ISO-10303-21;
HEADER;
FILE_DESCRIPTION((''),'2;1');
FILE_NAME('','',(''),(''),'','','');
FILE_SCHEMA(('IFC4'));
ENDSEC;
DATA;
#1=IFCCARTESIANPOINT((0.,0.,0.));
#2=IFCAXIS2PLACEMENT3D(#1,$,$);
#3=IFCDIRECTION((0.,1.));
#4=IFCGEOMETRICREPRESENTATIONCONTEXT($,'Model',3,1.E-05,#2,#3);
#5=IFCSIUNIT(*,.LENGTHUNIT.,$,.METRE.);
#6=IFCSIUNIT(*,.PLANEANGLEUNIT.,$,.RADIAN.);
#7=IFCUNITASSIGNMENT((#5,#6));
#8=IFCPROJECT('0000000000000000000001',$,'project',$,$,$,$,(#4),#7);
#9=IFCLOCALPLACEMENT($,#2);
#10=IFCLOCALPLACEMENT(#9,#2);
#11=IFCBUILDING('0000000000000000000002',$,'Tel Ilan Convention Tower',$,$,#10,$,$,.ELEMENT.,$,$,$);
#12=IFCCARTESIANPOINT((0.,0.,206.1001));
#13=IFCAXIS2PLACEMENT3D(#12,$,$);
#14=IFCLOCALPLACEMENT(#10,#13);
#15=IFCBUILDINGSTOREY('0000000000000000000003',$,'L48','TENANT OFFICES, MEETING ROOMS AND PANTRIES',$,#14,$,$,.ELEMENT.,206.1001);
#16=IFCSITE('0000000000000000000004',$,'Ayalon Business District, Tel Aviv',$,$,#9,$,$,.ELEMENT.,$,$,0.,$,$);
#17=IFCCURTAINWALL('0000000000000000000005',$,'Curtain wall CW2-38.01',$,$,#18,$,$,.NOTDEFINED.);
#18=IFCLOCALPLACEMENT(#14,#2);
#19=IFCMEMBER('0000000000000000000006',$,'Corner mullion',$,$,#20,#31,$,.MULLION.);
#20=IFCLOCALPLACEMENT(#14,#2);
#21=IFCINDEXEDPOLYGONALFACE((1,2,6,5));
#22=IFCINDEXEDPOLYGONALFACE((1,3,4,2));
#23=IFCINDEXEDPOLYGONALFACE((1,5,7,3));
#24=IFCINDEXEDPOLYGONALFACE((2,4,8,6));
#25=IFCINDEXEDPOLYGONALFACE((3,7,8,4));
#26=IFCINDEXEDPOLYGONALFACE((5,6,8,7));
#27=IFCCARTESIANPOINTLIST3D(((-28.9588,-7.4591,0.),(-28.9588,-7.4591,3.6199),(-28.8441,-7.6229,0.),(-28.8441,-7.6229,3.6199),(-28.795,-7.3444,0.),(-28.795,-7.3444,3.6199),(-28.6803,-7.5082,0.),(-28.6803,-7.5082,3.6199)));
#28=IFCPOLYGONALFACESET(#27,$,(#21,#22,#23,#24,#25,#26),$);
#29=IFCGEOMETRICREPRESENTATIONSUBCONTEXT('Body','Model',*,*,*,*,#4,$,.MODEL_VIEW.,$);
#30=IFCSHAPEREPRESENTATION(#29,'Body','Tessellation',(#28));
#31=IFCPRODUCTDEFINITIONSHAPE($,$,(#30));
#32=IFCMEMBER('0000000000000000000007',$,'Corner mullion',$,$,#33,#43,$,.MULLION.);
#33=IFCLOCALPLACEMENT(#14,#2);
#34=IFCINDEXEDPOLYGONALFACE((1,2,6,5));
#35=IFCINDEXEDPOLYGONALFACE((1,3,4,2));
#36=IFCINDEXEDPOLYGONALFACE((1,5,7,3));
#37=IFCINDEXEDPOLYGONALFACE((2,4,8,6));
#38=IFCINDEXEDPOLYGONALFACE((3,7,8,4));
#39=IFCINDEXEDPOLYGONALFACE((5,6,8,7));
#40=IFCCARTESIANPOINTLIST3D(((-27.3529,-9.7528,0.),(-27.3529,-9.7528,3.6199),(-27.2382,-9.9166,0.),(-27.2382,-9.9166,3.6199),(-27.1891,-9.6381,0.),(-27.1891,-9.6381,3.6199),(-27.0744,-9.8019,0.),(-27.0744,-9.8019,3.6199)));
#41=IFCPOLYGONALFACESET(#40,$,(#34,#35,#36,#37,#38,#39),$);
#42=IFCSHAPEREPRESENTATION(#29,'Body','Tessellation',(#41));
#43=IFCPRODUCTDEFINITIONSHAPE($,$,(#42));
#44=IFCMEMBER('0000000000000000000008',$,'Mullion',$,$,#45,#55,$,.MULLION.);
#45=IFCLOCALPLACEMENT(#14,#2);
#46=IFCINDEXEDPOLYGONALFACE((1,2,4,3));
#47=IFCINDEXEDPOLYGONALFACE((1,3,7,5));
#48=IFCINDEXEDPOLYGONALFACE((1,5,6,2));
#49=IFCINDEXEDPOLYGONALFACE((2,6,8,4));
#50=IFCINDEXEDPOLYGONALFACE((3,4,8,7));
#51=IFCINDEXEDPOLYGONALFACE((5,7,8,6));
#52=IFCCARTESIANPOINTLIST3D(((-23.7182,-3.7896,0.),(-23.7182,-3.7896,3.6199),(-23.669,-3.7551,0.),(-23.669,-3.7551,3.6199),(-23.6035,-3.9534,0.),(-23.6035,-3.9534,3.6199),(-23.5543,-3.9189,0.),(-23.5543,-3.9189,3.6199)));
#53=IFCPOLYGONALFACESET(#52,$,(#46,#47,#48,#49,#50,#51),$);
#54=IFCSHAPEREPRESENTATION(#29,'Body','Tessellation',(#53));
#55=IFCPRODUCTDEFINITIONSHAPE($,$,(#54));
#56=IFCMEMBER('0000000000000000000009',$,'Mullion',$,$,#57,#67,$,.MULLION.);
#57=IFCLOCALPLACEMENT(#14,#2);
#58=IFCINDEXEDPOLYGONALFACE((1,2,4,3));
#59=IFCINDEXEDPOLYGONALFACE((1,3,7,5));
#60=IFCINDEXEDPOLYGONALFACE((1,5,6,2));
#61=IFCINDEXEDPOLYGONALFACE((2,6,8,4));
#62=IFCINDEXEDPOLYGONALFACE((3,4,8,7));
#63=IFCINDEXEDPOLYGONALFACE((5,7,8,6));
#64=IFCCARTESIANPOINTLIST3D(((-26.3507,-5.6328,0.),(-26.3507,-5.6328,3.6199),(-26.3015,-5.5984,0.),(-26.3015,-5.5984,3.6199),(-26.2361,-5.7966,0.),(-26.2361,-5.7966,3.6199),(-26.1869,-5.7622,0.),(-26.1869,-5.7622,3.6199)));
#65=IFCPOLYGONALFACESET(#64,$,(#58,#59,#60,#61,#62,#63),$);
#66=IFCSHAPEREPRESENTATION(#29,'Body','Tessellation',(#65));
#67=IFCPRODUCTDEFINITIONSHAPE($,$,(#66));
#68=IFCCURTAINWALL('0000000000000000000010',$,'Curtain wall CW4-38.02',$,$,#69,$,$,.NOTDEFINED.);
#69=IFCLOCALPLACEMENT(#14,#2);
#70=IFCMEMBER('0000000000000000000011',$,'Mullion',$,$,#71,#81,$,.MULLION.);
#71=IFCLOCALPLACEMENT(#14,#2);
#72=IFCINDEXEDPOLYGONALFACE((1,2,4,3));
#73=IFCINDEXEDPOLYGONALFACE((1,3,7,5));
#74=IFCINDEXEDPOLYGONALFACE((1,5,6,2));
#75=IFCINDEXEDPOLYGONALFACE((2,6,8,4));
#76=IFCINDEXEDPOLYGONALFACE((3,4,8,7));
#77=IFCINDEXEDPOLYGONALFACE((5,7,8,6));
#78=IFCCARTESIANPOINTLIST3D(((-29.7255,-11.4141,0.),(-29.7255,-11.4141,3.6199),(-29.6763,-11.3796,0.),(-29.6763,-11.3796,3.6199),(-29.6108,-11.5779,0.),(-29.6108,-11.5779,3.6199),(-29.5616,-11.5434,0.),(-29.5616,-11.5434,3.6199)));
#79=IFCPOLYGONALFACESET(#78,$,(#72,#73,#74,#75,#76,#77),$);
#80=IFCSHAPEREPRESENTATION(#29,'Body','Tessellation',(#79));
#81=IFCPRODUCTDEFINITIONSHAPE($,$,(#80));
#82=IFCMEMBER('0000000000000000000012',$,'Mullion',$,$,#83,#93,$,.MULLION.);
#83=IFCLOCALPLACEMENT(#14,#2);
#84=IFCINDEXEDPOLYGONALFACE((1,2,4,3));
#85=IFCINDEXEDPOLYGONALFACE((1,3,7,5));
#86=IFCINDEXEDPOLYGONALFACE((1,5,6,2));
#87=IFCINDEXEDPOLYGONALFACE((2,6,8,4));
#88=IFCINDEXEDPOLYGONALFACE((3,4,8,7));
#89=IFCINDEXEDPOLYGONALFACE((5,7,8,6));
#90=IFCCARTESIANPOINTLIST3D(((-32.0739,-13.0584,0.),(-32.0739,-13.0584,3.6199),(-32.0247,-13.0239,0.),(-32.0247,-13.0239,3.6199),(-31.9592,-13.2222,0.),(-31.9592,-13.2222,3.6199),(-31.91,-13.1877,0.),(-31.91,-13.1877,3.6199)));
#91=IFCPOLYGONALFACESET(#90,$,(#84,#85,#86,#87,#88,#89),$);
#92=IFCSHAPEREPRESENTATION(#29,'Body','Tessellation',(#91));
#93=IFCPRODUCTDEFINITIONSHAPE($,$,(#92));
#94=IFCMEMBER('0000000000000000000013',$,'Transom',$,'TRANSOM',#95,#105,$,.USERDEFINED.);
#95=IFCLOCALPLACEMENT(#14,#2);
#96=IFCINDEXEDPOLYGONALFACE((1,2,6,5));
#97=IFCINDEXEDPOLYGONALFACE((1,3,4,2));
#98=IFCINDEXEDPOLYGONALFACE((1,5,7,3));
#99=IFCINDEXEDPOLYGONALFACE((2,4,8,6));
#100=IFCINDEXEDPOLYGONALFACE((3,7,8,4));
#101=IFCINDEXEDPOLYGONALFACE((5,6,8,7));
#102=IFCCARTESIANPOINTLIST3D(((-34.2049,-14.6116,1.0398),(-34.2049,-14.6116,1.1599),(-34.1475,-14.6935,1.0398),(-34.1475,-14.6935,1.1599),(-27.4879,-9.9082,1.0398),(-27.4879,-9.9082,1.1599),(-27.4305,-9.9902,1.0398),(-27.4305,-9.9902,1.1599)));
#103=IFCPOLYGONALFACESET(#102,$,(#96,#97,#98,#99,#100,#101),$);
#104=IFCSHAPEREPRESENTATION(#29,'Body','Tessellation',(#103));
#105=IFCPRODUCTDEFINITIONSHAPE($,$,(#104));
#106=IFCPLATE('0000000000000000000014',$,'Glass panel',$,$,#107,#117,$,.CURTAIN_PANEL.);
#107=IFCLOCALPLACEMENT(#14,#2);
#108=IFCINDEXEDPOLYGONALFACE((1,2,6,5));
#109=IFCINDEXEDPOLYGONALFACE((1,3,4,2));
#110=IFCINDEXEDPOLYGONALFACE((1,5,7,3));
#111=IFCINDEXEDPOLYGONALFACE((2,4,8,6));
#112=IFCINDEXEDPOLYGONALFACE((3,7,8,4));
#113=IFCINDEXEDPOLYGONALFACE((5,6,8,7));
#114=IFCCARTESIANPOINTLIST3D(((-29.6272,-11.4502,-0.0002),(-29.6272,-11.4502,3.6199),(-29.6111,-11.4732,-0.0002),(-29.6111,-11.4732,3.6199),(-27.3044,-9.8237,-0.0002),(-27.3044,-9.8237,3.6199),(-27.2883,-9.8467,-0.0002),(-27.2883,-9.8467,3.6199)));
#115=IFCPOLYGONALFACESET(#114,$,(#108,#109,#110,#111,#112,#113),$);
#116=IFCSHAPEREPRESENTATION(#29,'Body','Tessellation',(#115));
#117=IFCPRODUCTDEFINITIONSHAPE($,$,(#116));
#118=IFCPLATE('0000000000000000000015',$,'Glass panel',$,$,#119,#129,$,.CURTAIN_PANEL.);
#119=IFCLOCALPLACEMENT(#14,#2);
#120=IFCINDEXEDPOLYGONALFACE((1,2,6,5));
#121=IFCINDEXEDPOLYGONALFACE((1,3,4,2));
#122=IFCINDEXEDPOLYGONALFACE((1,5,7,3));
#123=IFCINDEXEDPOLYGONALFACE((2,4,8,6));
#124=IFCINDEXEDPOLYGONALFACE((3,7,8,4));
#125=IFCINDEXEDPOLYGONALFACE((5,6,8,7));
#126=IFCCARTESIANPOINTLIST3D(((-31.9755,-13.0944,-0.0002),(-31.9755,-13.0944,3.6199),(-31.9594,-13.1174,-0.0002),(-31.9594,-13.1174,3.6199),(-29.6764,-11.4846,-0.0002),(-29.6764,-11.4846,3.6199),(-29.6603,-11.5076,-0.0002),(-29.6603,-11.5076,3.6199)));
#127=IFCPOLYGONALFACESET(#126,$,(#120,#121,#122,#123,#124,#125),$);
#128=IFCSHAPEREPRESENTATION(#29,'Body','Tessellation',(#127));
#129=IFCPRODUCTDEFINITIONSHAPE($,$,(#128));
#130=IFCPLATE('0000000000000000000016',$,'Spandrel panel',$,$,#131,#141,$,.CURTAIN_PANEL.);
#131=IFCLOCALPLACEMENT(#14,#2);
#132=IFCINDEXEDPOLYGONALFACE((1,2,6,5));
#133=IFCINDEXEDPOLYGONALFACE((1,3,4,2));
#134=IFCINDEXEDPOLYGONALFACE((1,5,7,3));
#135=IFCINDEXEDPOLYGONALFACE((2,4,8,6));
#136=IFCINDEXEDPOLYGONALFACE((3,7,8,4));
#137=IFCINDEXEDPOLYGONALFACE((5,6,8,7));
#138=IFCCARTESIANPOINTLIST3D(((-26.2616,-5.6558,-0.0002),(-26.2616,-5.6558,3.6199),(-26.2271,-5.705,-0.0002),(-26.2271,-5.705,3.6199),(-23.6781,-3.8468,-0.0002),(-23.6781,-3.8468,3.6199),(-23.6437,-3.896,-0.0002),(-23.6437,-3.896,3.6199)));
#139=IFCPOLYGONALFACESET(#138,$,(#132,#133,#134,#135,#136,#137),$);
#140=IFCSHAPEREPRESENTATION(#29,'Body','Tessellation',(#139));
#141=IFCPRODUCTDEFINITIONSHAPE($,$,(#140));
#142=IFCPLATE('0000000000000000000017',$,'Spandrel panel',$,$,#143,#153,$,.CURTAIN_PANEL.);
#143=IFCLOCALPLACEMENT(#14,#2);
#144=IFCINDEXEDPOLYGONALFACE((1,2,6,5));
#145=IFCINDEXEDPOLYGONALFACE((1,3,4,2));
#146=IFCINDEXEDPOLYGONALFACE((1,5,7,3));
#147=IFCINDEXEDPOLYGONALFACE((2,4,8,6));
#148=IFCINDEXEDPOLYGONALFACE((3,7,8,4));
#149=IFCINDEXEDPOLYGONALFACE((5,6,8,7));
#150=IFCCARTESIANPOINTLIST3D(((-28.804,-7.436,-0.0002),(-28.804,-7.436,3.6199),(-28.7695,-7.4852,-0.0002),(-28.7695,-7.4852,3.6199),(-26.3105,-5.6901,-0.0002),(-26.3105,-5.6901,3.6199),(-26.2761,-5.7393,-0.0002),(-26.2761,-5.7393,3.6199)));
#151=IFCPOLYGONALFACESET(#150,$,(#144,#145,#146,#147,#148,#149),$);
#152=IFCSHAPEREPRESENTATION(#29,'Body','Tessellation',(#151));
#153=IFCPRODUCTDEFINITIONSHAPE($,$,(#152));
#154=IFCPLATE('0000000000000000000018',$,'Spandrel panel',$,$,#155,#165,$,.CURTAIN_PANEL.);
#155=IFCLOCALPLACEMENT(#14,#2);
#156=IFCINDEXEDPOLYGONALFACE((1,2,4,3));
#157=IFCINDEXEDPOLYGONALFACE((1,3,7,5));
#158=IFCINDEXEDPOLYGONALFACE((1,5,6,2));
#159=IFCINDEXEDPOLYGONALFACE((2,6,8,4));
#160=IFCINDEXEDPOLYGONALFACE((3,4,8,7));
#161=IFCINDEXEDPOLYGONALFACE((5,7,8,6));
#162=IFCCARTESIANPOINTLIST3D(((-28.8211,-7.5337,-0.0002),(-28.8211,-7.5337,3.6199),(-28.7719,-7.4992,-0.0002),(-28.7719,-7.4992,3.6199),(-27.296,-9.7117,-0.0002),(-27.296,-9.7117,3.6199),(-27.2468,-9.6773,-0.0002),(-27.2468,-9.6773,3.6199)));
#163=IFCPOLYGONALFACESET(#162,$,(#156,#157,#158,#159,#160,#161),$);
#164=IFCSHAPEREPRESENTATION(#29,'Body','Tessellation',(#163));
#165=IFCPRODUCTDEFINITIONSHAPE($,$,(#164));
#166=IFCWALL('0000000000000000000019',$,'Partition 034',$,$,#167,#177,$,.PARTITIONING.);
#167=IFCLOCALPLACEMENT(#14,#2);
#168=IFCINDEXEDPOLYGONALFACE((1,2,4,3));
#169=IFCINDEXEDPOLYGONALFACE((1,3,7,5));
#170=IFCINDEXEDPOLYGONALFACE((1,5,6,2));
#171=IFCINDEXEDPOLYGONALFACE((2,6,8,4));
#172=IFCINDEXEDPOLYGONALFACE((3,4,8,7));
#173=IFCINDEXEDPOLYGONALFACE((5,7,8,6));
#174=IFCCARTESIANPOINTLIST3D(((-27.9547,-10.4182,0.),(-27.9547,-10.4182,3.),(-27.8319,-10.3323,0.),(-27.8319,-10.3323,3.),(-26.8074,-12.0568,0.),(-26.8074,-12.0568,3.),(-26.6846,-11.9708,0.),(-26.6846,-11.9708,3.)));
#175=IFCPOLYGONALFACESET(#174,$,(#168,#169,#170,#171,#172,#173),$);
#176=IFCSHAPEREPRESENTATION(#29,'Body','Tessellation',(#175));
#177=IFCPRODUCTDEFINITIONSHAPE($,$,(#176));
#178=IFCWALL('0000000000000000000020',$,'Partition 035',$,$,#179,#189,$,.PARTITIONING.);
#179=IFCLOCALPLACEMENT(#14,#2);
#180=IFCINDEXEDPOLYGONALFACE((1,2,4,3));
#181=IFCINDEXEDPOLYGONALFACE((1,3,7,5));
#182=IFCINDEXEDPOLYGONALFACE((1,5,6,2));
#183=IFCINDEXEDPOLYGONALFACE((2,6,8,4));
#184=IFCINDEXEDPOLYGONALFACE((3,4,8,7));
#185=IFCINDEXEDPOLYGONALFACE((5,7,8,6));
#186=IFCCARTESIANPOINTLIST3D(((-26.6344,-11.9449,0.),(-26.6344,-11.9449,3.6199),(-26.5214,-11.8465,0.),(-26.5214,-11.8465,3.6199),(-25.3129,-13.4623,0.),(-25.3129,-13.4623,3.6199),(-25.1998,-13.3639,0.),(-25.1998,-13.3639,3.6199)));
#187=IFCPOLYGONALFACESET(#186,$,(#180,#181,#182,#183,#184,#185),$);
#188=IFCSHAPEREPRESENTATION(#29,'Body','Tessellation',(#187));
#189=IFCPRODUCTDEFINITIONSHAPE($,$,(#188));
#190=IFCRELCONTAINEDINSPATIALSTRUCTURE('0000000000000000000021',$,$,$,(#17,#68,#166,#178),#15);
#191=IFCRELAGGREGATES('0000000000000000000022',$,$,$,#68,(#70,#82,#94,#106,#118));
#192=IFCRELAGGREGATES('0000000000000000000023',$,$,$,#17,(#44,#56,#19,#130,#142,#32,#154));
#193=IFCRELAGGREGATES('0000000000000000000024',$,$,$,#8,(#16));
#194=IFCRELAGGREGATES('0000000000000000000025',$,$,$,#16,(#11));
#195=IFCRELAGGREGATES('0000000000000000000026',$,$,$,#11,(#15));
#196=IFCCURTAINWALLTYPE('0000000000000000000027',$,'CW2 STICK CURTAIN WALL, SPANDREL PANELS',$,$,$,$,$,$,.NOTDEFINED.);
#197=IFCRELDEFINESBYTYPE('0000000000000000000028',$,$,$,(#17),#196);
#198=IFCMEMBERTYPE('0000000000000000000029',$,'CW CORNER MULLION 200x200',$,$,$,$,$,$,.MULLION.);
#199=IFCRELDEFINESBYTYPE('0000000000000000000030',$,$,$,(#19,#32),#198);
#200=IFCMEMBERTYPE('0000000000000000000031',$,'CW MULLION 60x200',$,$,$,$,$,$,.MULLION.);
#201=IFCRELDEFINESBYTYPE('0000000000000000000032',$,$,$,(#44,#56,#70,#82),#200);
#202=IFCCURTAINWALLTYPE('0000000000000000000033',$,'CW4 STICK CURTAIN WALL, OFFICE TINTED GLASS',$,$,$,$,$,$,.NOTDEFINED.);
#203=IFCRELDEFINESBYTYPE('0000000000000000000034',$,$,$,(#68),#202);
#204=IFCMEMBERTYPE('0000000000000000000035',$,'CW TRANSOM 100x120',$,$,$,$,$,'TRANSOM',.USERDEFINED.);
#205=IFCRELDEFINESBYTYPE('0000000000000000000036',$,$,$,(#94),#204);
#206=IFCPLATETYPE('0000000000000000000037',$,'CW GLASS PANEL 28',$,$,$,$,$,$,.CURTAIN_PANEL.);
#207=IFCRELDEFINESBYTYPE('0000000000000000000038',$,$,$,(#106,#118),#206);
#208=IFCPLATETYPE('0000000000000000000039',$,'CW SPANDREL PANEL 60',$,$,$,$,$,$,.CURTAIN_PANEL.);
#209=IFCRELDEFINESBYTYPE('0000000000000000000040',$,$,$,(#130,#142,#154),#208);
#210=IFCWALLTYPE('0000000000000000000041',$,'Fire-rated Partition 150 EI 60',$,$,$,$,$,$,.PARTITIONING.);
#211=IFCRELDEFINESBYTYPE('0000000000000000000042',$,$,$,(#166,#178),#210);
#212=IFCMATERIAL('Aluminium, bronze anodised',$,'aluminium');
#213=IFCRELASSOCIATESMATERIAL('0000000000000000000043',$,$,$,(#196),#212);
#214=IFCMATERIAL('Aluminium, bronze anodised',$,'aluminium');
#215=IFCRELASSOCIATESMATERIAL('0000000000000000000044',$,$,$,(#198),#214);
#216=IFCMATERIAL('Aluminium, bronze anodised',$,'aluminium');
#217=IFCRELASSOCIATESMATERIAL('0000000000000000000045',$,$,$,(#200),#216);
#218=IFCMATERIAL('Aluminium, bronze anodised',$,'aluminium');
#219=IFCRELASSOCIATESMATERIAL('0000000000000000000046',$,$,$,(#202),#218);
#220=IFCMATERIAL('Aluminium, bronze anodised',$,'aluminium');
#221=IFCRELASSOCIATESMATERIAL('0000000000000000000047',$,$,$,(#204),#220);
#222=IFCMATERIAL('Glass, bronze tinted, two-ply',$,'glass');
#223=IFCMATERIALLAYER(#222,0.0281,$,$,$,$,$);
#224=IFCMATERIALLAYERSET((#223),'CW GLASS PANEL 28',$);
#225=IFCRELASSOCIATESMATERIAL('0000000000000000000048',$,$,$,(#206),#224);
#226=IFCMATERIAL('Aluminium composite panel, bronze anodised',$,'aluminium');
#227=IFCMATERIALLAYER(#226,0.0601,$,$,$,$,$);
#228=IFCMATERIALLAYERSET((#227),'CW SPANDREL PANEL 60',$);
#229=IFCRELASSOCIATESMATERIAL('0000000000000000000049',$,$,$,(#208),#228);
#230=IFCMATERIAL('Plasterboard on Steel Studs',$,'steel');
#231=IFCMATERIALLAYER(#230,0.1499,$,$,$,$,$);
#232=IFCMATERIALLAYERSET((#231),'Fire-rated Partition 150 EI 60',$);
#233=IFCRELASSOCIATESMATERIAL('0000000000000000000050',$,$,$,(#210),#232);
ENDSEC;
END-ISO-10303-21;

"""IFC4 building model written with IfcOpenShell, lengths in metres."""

from ifc_helpers import new_model, si_unit, direction, frame, frame_2d, origin, origin_2d, place, context, subcontext, project, spatial, rectangle, extrude, material, layer, layer_set, material_profile, profile_set, type_object, element, aggregate, save


model = new_model("IFC4")

# Units and contexts
model_context = context("Model", 3, precision=1e-05, world=origin(), true_north=direction((0.0, 1.0)))
body_context = subcontext(model_context, "Body", "Model", "MODEL_VIEW")
ifc_project = project(units=[si_unit("LENGTHUNIT", "METRE"), si_unit("PLANEANGLEUNIT", "RADIAN")], contexts=[model_context])

# Site, building, storey
site_placement = place(None, origin())
site = spatial("IfcSite", under=ifc_project, at=site_placement, Name="Ayalon Business District, Tel Aviv", CompositionType="ELEMENT", RefElevation=0.0)
building_placement = place(site_placement, origin())
building = spatial("IfcBuilding", under=site, at=building_placement, Name="Tel Ilan Convention Tower", CompositionType="ELEMENT")
storey_placement = place(building_placement, frame((0.0, 0.0, 206.1001)))
storey = spatial("IfcBuildingStorey", under=building, at=storey_placement, Name="L48", Description="TENANT OFFICES, MEETING ROOMS AND PANTRIES", CompositionType="ELEMENT", Elevation=206.1001)

# Curtain wall, members
ifc_material_1 = material(Name="Aluminium, bronze anodised", Category="aluminium")
curtain_wall_type_1 = type_object("IfcCurtainWallType", Name="CW2 STICK CURTAIN WALL, SPANDREL PANELS", PredefinedType="NOTDEFINED", material=ifc_material_1)
curtain_wall_1_placement = place(storey_placement, origin())
curtain_wall_1 = element("IfcCurtainWall", 1, at=curtain_wall_1_placement, inside=storey, type_object=curtain_wall_type_1, Name="Curtain wall CW2-38.01", PredefinedType="NOTDEFINED")
ifc_material_2 = material(Name="Aluminium, bronze anodised", Category="aluminium")
ifc_material_profile_1 = material_profile(ifc_material_2, rectangle(XDim=0.2, YDim=0.2, at=origin_2d()), Name="CW CORNER MULLION 200x200")
ifc_profile_set_1 = profile_set([ifc_material_profile_1], Name="Aluminium, bronze anodised")
member_type_1 = type_object("IfcMemberType", Name="CW CORNER MULLION 200x200", PredefinedType="MULLION", material=ifc_profile_set_1)
member_1_placement = place(storey_placement, frame((-28.8196, -7.4836, 0.0), z_axis=(0.0, 0.0, 1.0), x_axis=(-0.819152, -0.573576, 0.0)))
member_1 = element("IfcMember", 2, at=member_1_placement, type_object=member_type_1, Name="Corner mullion", PredefinedType="MULLION", context=body_context, shape_type="SweptSolid", body=[
    extrude(rectangle(XDim=0.2, YDim=0.2, at=origin_2d()), origin(), (0.0, 0.0, 1.0), 3.6199),
])
member_2_placement = place(storey_placement, frame((-27.2136, -9.7773, 0.0), z_axis=(0.0, 0.0, 1.0), x_axis=(0.573576, -0.819152, 0.0)))
member_2 = element("IfcMember", 3, at=member_2_placement, type_object=member_type_1, Name="Corner mullion", PredefinedType="MULLION", context=body_context, shape_type="SweptSolid", body=[
    extrude(rectangle(XDim=0.2, YDim=0.2, at=origin_2d()), origin(), (0.0, 0.0, 1.0), 3.6199),
])
ifc_material_3 = material(Name="Aluminium, bronze anodised", Category="aluminium")
ifc_material_profile_2 = material_profile(ifc_material_3, rectangle(XDim=0.0601, YDim=0.2, at=origin_2d()), Name="CW MULLION 60x200")
ifc_profile_set_2 = profile_set([ifc_material_profile_2], Name="Aluminium, bronze anodised")
member_type_2 = type_object("IfcMemberType", Name="CW MULLION 60x200", PredefinedType="MULLION", material=ifc_profile_set_2)
member_3_placement = place(storey_placement, frame((-23.6362, -3.8542, 0.0), z_axis=(0.0, 0.0, 1.0), x_axis=(-0.819152, -0.573576, 0.0)))
member_3 = element("IfcMember", 4, at=member_3_placement, type_object=member_type_2, Name="Mullion", PredefinedType="MULLION", context=body_context, shape_type="SweptSolid", body=[
    extrude(rectangle(XDim=0.0601, YDim=0.2, at=origin_2d()), origin(), (0.0, 0.0, 1.0), 3.6199),
])
member_4_placement = place(storey_placement, frame((-26.2688, -5.6975, 0.0), z_axis=(0.0, 0.0, 1.0), x_axis=(-0.819152, -0.573576, 0.0)))
member_4 = element("IfcMember", 5, at=member_4_placement, type_object=member_type_2, Name="Mullion", PredefinedType="MULLION", context=body_context, shape_type="SweptSolid", body=[
    extrude(rectangle(XDim=0.0601, YDim=0.2, at=origin_2d()), origin(), (0.0, 0.0, 1.0), 3.6199),
])

# Curtain wall, members, plates
ifc_material_4 = material(Name="Aluminium, bronze anodised", Category="aluminium")
curtain_wall_type_2 = type_object("IfcCurtainWallType", Name="CW4 STICK CURTAIN WALL, OFFICE TINTED GLASS", PredefinedType="NOTDEFINED", material=ifc_material_4)
curtain_wall_2_placement = place(storey_placement, origin())
curtain_wall_2 = element("IfcCurtainWall", 6, at=curtain_wall_2_placement, inside=storey, type_object=curtain_wall_type_2, Name="Curtain wall CW4-38.02", PredefinedType="NOTDEFINED")
member_5_placement = place(storey_placement, frame((-29.6436, -11.4788, 0.0), z_axis=(0.0, 0.0, 1.0), x_axis=(-0.819152, -0.573576, 0.0)))
member_5 = element("IfcMember", 7, at=member_5_placement, type_object=member_type_2, Name="Mullion", PredefinedType="MULLION", context=body_context, shape_type="SweptSolid", body=[
    extrude(rectangle(XDim=0.0601, YDim=0.2, at=origin_2d()), origin(), (0.0, 0.0, 1.0), 3.6199),
])
member_6_placement = place(storey_placement, frame((-31.9919, -13.123, 0.0), z_axis=(0.0, 0.0, 1.0), x_axis=(-0.819152, -0.573576, 0.0)))
member_6 = element("IfcMember", 8, at=member_6_placement, type_object=member_type_2, Name="Mullion", PredefinedType="MULLION", context=body_context, shape_type="SweptSolid", body=[
    extrude(rectangle(XDim=0.0601, YDim=0.2, at=origin_2d()), origin(), (0.0, 0.0, 1.0), 3.6199),
])
ifc_material_5 = material(Name="Aluminium, bronze anodised", Category="aluminium")
ifc_material_profile_3 = material_profile(ifc_material_5, rectangle(XDim=0.1001, YDim=0.1201, at=origin_2d()), Name="CW TRANSOM 100x120")
ifc_profile_set_3 = profile_set([ifc_material_profile_3], Name="Aluminium, bronze anodised")
member_type_3 = type_object("IfcMemberType", Name="CW TRANSOM 100x120", ElementType="TRANSOM", PredefinedType="USERDEFINED", material=ifc_profile_set_3)
member_7_placement = place(storey_placement, frame((-27.4592, -9.9492, 1.0999), z_axis=(-0.819149, -0.57358, 0.0), x_axis=(0.57358, -0.819149, 0.0)))
member_7 = element("IfcMember", 9, at=member_7_placement, type_object=member_type_3, Name="Transom", ObjectType="TRANSOM", PredefinedType="USERDEFINED", context=body_context, shape_type="SweptSolid", body=[
    extrude(rectangle(XDim=0.1001, YDim=0.1201, at=origin_2d()), origin(), (0.0, 0.0, 1.0), 8.2),
])
ifc_material_6 = material(Name="Glass, bronze tinted, two-ply", Category="glass")
ifc_layer_1 = layer(ifc_material_6, 0.0281)
ifc_layer_set_1 = layer_set([ifc_layer_1], Name="CW GLASS PANEL 28")
plate_type_1 = type_object("IfcPlateType", Name="CW GLASS PANEL 28", PredefinedType="CURTAIN_PANEL", material=ifc_layer_set_1)
plate_1_placement = place(storey_placement, frame((-28.4578, -10.6484, -0.0002), z_axis=(0.0, 0.0, 1.0), x_axis=(-0.819152, -0.573576, 0.0)))
plate_1 = element("IfcPlate", 10, at=plate_1_placement, type_object=plate_type_1, Name="Glass panel", PredefinedType="CURTAIN_PANEL", context=body_context, shape_type="SweptSolid", body=[
    extrude(rectangle(XDim=2.8357, YDim=0.0281, at=origin_2d()), origin(), (0.0, 0.0, 1.0), 3.6201),
])
plate_2_placement = place(storey_placement, frame((-30.8179, -12.301, -0.0002), z_axis=(0.0, 0.0, 1.0), x_axis=(-0.819152, -0.573576, 0.0)))
plate_2 = element("IfcPlate", 11, at=plate_2_placement, type_object=plate_type_1, Name="Glass panel", PredefinedType="CURTAIN_PANEL", context=body_context, shape_type="SweptSolid", body=[
    extrude(rectangle(XDim=2.8066, YDim=0.0281, at=origin_2d()), origin(), (0.0, 0.0, 1.0), 3.6201),
])
aggregate(curtain_wall_2, [member_5, member_6, member_7, plate_1, plate_2])

# Plates
ifc_material_7 = material(Name="Aluminium composite panel, bronze anodised", Category="aluminium")
ifc_layer_2 = layer(ifc_material_7, 0.0601)
ifc_layer_set_2 = layer_set([ifc_layer_2], Name="CW SPANDREL PANEL 60")
plate_type_2 = type_object("IfcPlateType", Name="CW SPANDREL PANEL 60", PredefinedType="CURTAIN_PANEL", material=ifc_layer_set_2)
plate_3_placement = place(storey_placement, frame((-24.9526, -4.7759, -0.0002), z_axis=(0.0, 0.0, 1.0), x_axis=(-0.819152, -0.573576, 0.0)))
plate_3 = element("IfcPlate", 12, at=plate_3_placement, type_object=plate_type_2, Name="Spandrel panel", PredefinedType="CURTAIN_PANEL", context=body_context, shape_type="SweptSolid", body=[
    extrude(rectangle(XDim=3.1538, YDim=0.0601, at=origin_2d()), origin(), (0.0, 0.0, 1.0), 3.6201),
])
plate_4_placement = place(storey_placement, frame((-27.54, -6.5876, -0.0002), z_axis=(0.0, 0.0, 1.0), x_axis=(-0.819152, -0.573576, 0.0)))
plate_4 = element("IfcPlate", 13, at=plate_4_placement, type_object=plate_type_2, Name="Spandrel panel", PredefinedType="CURTAIN_PANEL", context=body_context, shape_type="SweptSolid", body=[
    extrude(rectangle(XDim=3.0439, YDim=0.0601, at=origin_2d()), origin(), (0.0, 0.0, 1.0), 3.6201),
])
plate_5_placement = place(storey_placement, frame((-28.0339, -8.6055, -0.0002), z_axis=(0.0, 0.0, 1.0), x_axis=(0.573576, -0.819152, 0.0)))
plate_5 = element("IfcPlate", 14, at=plate_5_placement, type_object=plate_type_2, Name="Spandrel panel", PredefinedType="CURTAIN_PANEL", context=body_context, shape_type="SweptSolid", body=[
    extrude(rectangle(XDim=2.6589, YDim=0.0601, at=origin_2d()), origin(), (0.0, 0.0, 1.0), 3.6201),
])
aggregate(curtain_wall_1, [member_3, member_4, member_1, plate_3, plate_4, member_2, plate_5])

# Walls
ifc_material_8 = material(Name="Plasterboard on Steel Studs", Category="steel")
ifc_layer_3 = layer(ifc_material_8, 0.1499)
ifc_layer_set_3 = layer_set([ifc_layer_3], Name="Fire-rated Partition 150 EI 60")
wall_type_1 = type_object("IfcWallType", Name="Fire-rated Partition 150 EI 60", PredefinedType="PARTITIONING", material=ifc_layer_set_3)
wall_1_placement = place(storey_placement, frame((-26.7461, -12.0137, 0.0), z_axis=(0.0, 0.0, 1.0), x_axis=(-0.573569, 0.819157, 0.0)))
element("IfcWall", 15, at=wall_1_placement, inside=storey, type_object=wall_type_1, Name="Partition 034", PredefinedType="PARTITIONING", context=body_context, shape_type="SweptSolid", body=[
    extrude(rectangle(XDim=2.0002, YDim=0.1499, at=frame_2d((1.0, 0.0))), origin(), (0.0, 0.0, 1.0), 3.0),
])
wall_2_placement = place(storey_placement, frame((-25.2563, -13.4131, 0.0), z_axis=(0.0, 0.0, 1.0), x_axis=(-0.656776, 0.754085, 0.0)))
element("IfcWall", 16, at=wall_2_placement, inside=storey, type_object=wall_type_1, Name="Partition 035", PredefinedType="PARTITIONING", context=body_context, shape_type="SweptSolid", body=[
    extrude(rectangle(XDim=2.0122, YDim=0.1499, at=frame_2d((1.0061, 0.0))), origin(), (0.0, 0.0, 1.0), 3.6199),
])

save(model, "model.ifc")
